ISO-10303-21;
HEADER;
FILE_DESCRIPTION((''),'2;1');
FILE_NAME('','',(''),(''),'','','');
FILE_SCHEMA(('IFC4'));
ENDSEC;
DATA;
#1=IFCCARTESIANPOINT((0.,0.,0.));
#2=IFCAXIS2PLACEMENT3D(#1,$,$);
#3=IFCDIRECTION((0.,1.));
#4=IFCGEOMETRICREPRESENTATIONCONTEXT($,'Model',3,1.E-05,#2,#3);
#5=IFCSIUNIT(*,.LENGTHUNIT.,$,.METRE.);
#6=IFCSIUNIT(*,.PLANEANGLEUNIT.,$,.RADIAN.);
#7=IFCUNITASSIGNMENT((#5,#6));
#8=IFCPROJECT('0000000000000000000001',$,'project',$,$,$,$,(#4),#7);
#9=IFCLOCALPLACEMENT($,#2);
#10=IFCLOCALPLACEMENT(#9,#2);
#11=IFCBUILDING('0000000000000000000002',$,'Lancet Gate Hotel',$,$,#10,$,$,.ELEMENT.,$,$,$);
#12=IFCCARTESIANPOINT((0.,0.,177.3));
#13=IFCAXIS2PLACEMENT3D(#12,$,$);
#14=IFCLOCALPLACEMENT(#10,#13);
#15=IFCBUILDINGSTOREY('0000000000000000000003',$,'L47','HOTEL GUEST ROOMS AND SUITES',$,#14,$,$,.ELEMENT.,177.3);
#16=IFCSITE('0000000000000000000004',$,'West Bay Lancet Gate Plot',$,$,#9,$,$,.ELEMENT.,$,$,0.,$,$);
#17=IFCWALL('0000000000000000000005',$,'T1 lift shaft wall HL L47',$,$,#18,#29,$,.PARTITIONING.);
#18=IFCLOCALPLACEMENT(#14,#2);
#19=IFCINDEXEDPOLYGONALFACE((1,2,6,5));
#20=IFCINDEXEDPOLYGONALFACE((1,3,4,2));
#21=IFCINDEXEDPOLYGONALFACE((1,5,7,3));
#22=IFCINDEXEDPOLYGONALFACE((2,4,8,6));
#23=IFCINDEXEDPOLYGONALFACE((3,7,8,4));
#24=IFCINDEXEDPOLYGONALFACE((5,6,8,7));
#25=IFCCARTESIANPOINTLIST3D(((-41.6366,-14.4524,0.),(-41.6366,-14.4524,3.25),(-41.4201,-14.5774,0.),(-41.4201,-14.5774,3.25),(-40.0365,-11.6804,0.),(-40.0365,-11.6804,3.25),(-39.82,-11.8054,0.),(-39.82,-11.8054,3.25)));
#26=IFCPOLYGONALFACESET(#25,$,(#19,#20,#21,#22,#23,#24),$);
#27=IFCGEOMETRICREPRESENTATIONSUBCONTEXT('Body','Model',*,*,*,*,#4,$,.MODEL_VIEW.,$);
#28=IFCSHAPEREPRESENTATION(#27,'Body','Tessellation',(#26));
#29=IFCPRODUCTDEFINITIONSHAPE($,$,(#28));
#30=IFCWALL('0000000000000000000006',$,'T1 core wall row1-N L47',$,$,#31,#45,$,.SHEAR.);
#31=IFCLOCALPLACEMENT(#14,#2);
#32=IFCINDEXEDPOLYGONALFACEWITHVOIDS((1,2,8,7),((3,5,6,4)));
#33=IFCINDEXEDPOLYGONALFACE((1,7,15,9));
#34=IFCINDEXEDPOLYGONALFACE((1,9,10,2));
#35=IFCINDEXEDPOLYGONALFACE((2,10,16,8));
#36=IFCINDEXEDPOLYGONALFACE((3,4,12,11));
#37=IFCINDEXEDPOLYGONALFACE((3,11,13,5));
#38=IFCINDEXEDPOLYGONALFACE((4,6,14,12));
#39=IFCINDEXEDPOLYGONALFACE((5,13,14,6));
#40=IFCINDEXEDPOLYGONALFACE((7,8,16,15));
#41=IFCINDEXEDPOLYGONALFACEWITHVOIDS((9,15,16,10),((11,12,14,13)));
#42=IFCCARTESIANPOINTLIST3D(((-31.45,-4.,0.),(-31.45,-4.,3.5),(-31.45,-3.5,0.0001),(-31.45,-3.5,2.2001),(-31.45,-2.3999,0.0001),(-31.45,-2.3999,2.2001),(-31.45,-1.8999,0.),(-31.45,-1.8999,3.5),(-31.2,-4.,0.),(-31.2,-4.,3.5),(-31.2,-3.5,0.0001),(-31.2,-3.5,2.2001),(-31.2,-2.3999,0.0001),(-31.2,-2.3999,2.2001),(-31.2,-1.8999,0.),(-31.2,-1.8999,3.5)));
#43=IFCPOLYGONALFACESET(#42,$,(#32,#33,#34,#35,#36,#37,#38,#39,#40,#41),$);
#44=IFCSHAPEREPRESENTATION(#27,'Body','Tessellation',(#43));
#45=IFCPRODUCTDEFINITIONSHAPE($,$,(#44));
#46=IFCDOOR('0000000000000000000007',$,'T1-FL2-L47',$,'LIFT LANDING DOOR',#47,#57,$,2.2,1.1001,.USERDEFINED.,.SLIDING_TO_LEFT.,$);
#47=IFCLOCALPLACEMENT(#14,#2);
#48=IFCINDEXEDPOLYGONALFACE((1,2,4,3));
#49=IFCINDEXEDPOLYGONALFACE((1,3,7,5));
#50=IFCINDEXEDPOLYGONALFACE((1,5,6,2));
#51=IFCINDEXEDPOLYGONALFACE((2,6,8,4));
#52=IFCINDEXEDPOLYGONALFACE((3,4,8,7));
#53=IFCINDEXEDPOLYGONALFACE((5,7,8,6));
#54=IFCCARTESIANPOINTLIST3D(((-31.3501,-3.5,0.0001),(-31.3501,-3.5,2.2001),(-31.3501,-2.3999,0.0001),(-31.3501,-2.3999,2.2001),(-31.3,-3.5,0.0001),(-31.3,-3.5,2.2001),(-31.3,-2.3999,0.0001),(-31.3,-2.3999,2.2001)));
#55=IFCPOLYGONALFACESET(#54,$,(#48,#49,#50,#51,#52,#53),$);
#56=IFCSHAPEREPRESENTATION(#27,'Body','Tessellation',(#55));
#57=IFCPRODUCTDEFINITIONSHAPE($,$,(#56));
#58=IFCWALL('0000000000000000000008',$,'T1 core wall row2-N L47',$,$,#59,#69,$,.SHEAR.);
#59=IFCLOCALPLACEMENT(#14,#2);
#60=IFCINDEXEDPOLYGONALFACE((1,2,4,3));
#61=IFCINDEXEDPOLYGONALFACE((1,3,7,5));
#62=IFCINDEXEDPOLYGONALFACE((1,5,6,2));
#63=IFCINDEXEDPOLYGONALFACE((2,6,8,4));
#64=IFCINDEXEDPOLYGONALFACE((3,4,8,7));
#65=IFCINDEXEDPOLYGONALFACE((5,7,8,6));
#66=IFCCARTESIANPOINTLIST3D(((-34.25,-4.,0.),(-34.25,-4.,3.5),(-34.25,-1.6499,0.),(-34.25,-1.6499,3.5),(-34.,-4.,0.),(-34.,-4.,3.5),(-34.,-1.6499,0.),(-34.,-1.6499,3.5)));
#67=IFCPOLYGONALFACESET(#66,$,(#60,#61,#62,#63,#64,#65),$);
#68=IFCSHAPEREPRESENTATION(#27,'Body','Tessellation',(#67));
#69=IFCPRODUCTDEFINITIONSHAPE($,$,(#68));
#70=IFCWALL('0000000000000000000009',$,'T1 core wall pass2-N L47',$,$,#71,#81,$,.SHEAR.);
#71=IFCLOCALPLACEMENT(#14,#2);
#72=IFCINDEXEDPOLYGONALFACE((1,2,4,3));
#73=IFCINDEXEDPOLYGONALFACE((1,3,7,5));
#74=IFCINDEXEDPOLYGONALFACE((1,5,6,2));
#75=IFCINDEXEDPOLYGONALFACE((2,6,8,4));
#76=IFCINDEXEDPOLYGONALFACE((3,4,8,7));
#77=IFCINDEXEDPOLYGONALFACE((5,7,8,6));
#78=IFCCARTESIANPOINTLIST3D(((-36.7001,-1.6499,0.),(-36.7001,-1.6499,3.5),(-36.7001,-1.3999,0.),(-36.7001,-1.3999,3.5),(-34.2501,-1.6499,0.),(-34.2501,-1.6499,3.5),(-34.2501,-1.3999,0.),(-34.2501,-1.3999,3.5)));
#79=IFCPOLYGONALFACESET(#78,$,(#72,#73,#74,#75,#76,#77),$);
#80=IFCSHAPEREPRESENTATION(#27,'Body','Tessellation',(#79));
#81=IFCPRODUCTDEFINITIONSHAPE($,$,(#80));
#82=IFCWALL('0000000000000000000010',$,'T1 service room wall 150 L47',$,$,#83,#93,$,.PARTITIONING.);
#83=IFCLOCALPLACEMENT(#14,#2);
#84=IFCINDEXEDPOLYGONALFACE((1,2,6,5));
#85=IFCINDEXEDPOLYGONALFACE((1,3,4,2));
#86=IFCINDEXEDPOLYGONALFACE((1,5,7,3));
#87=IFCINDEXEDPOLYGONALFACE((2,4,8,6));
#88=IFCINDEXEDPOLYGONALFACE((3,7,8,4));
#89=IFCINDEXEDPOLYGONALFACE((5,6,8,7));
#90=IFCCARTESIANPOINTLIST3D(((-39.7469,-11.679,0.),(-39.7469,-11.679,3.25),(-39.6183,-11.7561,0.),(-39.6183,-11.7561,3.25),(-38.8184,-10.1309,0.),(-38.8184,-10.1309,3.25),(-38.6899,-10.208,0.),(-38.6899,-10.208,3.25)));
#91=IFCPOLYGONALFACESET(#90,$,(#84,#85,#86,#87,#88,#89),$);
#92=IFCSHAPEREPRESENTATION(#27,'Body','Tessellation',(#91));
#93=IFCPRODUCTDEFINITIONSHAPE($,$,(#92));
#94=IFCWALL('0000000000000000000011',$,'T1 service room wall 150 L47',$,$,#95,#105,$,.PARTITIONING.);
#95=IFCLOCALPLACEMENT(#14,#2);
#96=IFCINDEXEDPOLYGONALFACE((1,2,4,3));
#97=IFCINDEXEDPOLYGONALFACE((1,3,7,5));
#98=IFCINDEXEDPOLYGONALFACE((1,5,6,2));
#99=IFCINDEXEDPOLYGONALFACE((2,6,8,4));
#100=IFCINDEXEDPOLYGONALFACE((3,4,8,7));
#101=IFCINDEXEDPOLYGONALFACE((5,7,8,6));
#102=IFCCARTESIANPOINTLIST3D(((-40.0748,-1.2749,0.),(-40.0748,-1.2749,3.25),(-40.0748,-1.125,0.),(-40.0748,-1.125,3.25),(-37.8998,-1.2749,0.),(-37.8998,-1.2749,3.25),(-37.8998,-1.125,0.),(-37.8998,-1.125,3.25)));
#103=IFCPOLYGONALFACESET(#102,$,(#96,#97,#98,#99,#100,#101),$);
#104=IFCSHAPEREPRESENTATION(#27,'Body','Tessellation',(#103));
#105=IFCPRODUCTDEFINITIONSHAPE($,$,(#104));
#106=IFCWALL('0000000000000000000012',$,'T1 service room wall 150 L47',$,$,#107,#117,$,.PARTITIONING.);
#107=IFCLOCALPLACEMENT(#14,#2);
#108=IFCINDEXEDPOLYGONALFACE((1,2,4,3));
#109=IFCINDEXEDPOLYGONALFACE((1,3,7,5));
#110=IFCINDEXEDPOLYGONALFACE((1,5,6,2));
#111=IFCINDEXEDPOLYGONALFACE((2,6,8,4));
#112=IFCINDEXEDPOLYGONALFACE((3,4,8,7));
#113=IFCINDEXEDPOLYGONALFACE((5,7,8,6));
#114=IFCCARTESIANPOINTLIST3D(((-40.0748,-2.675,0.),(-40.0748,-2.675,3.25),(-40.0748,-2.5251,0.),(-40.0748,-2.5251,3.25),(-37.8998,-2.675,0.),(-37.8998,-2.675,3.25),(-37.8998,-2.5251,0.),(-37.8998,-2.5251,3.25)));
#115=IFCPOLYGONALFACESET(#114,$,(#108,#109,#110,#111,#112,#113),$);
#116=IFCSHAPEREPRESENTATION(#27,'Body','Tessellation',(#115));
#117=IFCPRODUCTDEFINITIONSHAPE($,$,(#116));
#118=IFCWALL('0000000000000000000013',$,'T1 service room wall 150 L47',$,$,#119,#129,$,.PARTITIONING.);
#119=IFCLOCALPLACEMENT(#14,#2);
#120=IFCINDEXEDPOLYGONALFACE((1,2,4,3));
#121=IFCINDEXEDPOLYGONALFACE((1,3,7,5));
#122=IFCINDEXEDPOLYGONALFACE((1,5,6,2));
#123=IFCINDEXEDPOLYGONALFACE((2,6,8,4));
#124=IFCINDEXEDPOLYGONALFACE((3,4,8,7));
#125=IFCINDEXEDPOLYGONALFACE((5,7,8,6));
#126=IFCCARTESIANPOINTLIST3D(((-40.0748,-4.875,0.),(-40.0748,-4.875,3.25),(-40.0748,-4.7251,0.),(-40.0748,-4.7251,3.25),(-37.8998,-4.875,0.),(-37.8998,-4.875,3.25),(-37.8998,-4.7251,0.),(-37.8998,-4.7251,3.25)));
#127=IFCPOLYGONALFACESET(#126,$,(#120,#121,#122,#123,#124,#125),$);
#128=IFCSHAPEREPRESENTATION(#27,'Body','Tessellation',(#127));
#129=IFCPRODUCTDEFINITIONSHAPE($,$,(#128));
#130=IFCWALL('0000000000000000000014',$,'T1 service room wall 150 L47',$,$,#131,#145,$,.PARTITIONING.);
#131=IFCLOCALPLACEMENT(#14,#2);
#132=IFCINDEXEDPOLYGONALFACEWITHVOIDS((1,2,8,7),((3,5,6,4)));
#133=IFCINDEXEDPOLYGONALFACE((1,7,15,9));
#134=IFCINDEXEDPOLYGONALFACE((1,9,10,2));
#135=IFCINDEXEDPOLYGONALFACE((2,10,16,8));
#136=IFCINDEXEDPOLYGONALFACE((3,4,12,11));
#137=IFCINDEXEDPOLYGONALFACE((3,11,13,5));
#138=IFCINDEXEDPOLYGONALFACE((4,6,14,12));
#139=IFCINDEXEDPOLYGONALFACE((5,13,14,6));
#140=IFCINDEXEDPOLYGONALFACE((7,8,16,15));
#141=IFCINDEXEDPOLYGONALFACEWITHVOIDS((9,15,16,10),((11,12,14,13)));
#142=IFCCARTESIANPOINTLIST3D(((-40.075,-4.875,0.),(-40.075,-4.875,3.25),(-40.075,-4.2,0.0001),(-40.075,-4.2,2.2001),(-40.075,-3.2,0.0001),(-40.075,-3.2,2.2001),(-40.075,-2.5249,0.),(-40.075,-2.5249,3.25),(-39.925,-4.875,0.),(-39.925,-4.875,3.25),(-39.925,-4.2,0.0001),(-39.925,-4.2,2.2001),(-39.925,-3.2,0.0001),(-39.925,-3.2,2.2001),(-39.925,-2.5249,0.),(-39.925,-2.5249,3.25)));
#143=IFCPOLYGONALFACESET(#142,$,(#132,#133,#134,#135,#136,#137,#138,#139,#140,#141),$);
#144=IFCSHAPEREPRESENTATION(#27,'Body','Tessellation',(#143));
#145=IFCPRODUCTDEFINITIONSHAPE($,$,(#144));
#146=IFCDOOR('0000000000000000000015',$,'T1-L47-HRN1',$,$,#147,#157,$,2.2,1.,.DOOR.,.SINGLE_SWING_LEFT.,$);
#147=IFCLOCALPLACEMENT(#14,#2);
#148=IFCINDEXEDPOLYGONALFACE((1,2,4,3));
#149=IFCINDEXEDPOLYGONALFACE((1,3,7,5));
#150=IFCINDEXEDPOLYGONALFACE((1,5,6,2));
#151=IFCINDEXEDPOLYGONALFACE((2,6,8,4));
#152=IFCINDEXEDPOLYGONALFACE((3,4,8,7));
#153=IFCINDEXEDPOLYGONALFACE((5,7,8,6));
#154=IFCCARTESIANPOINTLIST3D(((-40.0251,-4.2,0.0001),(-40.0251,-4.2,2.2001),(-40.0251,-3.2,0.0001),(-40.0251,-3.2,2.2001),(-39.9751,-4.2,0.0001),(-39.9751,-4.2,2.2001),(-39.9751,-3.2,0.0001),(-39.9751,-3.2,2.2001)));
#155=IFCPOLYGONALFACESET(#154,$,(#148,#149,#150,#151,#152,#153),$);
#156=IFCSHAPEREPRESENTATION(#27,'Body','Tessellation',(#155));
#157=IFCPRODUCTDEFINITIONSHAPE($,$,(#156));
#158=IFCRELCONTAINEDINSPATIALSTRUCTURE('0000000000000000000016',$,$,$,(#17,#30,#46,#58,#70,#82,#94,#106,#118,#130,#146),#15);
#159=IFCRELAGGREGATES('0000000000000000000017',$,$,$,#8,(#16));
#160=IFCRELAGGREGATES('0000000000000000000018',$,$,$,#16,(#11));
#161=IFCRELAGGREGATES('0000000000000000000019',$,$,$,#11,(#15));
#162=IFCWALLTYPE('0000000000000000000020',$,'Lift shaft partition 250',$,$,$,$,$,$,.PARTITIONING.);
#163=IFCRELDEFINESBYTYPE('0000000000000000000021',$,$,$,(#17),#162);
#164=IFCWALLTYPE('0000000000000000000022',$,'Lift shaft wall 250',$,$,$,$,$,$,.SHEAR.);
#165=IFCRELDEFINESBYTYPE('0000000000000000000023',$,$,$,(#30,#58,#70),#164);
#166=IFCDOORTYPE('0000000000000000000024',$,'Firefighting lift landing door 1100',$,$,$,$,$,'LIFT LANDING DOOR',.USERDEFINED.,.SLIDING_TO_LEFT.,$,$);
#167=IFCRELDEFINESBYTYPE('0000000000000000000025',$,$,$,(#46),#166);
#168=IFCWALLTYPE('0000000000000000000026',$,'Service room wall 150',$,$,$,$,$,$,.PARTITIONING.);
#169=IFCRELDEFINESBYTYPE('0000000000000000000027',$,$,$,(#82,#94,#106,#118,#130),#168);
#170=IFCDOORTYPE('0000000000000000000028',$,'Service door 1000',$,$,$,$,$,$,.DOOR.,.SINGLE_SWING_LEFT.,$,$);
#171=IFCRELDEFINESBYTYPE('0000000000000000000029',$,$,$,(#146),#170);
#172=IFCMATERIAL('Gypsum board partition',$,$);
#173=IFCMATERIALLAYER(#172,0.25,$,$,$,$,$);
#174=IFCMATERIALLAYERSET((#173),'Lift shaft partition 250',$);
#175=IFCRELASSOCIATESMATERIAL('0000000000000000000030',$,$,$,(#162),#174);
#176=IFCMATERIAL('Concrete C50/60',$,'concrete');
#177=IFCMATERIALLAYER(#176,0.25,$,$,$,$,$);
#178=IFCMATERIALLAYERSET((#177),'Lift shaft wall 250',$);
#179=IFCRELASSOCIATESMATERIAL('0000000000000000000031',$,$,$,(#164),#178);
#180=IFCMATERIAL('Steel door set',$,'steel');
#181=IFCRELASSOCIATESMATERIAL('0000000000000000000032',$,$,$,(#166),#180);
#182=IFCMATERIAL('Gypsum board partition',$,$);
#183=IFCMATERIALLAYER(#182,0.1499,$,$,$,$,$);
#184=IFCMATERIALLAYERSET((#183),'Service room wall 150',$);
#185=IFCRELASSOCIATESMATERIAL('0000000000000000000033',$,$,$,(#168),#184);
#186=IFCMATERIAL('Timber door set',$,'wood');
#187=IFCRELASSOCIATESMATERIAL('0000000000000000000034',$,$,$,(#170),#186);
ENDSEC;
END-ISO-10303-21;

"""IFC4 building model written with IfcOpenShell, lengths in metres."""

from ifc_helpers import new_model, si_unit, direction, frame, frame_2d, origin, place, context, subcontext, project, spatial, rectangle, extrude, material, layer, layer_set, type_object, element, fill, save


model = new_model("IFC4")

# Units and contexts
model_context = context("Model", 3, precision=1e-05, world=origin(), true_north=direction((0.0, 1.0)))
body_context = subcontext(model_context, "Body", "Model", "MODEL_VIEW")
ifc_project = project(units=[si_unit("LENGTHUNIT", "METRE"), si_unit("PLANEANGLEUNIT", "RADIAN")], contexts=[model_context])

# Site, building, storey
site_placement = place(None, origin())
site = spatial("IfcSite", under=ifc_project, at=site_placement, Name="West Bay Lancet Gate Plot", CompositionType="ELEMENT", RefElevation=0.0)
building_placement = place(site_placement, origin())
building = spatial("IfcBuilding", under=site, at=building_placement, Name="Lancet Gate Hotel", CompositionType="ELEMENT")
storey_placement = place(building_placement, frame((0.0, 0.0, 177.3)))
storey = spatial("IfcBuildingStorey", under=building, at=storey_placement, Name="L47", Description="HOTEL GUEST ROOMS AND SUITES", CompositionType="ELEMENT", Elevation=177.3)

# Shared definitions
ifc_material_1 = material(Name="Gypsum board partition")
ifc_layer_1 = layer(ifc_material_1, 0.25)
ifc_layer_set_1 = layer_set([ifc_layer_1], Name="Lift shaft partition 250")
wall_type_1 = type_object("IfcWallType", Name="Lift shaft partition 250", PredefinedType="PARTITIONING", material=ifc_layer_set_1)

# Wall
wall_1_placement = place(storey_placement, frame((-39.9282, -11.7429, 0.0), z_axis=(0.0, 0.0, 1.0), x_axis=(-0.499929, -0.866066, 0.0)))
element("IfcWall", 1, at=wall_1_placement, inside=storey, type_object=wall_type_1, Name="T1 lift shaft wall HL L47", PredefinedType="PARTITIONING", context=body_context, shape_type="SweptSolid", body=[
    extrude(rectangle(XDim=3.2007, YDim=0.25, at=frame_2d((1.6003, 0.0))), origin(), (0.0, 0.0, 1.0), 3.25),
])

# Wall, opening, door
ifc_material_2 = material(Name="Concrete C50/60", Category="concrete")
ifc_layer_2 = layer(ifc_material_2, 0.25)
ifc_layer_set_2 = layer_set([ifc_layer_2], Name="Lift shaft wall 250")
wall_type_2 = type_object("IfcWallType", Name="Lift shaft wall 250", PredefinedType="SHEAR", material=ifc_layer_set_2)
wall_2_placement = place(storey_placement, frame((-31.325, -1.8999, 0.0), z_axis=(0.0, 0.0, 1.0), x_axis=(0.0, -1.0, 0.0)))
wall_2 = element("IfcWall", 2, at=wall_2_placement, inside=storey, type_object=wall_type_2, Name="T1 core wall row1-N L47", PredefinedType="SHEAR", context=body_context, shape_type="SweptSolid", body=[
    extrude(rectangle(XDim=2.1001, YDim=0.25, at=frame_2d((1.05, 0.0))), origin(), (0.0, 0.0, 1.0), 3.5),
])
opening_1_placement = place(wall_2_placement, frame((0.5, 0.0, 0.0)))
opening_1 = element("IfcOpeningElement", 3, at=opening_1_placement, cuts=wall_2, PredefinedType="OPENING", context=body_context, shape_type="SweptSolid", body=[
    extrude(rectangle(XDim=1.1001, YDim=2.2, at=frame_2d((0.55, 1.1001))), frame((0.0, 0.135, 0.0), z_axis=(0.0, -1.0, 0.0), x_axis=(1.0, 0.0, 0.0)), (0.0, 0.0, 1.0), 0.27),
])
ifc_material_3 = material(Name="Steel door set", Category="steel")
door_type_1 = type_object("IfcDoorType", Name="Firefighting lift landing door 1100", ElementType="LIFT LANDING DOOR", OperationType="SLIDING_TO_LEFT", PredefinedType="USERDEFINED", material=ifc_material_3)
door_1_placement = place(opening_1_placement, origin())
door_1 = element("IfcDoor", 4, at=door_1_placement, inside=storey, type_object=door_type_1, Name="T1-FL2-L47", ObjectType="LIFT LANDING DOOR", OperationType="SLIDING_TO_LEFT", OverallHeight=2.2, OverallWidth=1.1001, PredefinedType="USERDEFINED", context=body_context, shape_type="SweptSolid", body=[
    extrude(rectangle(XDim=1.1001, YDim=2.2, at=frame_2d((0.55, 1.1001))), frame((0.0, 0.0249, 0.0), z_axis=(0.0, -1.0, 0.0), x_axis=(1.0, 0.0, 0.0)), (0.0, 0.0, 1.0), 0.05),
])
fill(opening_1, door_1)

# Walls
wall_3_placement = place(storey_placement, frame((-34.125, -1.6499, 0.0), z_axis=(0.0, 0.0, 1.0), x_axis=(0.0, -1.0, 0.0)))
element("IfcWall", 5, at=wall_3_placement, inside=storey, type_object=wall_type_2, Name="T1 core wall row2-N L47", PredefinedType="SHEAR", context=body_context, shape_type="SweptSolid", body=[
    extrude(rectangle(XDim=2.3501, YDim=0.25, at=frame_2d((1.175, 0.0))), origin(), (0.0, 0.0, 1.0), 3.5),
])
wall_4_placement = place(storey_placement, frame((-34.25, -1.5249, 0.0), z_axis=(0.0, 0.0, 1.0), x_axis=(-1.0, 0.0, 0.0)))
element("IfcWall", 6, at=wall_4_placement, inside=storey, type_object=wall_type_2, Name="T1 core wall pass2-N L47", PredefinedType="SHEAR", context=body_context, shape_type="SweptSolid", body=[
    extrude(rectangle(XDim=2.45, YDim=0.25, at=frame_2d((1.2251, 0.0))), origin(), (0.0, 0.0, 1.0), 3.5),
])
ifc_material_4 = material(Name="Gypsum board partition")
ifc_layer_3 = layer(ifc_material_4, 0.1499)
ifc_layer_set_3 = layer_set([ifc_layer_3], Name="Service room wall 150")
wall_type_3 = type_object("IfcWallType", Name="Service room wall 150", PredefinedType="PARTITIONING", material=ifc_layer_set_3)
wall_5_placement = place(storey_placement, frame((-39.6826, -11.7175, 0.0), z_axis=(0.0, 0.0, 1.0), x_axis=(0.514337, 0.857588, 0.0)))
element("IfcWall", 7, at=wall_5_placement, inside=storey, type_object=wall_type_3, Name="T1 service room wall 150 L47", PredefinedType="PARTITIONING", context=body_context, shape_type="SweptSolid", body=[
    extrude(rectangle(XDim=1.8052, YDim=0.1499, at=frame_2d((0.9026, 0.0))), origin(), (0.0, 0.0, 1.0), 3.25),
])
for number, where, z_axis, x_axis, name in (
    (8, (-37.8999, -1.2, 0.0), (0.0, 0.0, 1.0), (-1.0, 0.0, 0.0), "T1 service room wall 150 L47"),
    (9, (-37.8999, -2.6001, 0.0), (0.0, 0.0, 1.0), (-1.0, 0.0, 0.0), "T1 service room wall 150 L47"),
    (10, (-37.8999, -4.8, 0.0), (0.0, 0.0, 1.0), (-1.0, 0.0, 0.0), "T1 service room wall 150 L47"),
):
    element("IfcWall", number, at=place(storey_placement, frame(where, z_axis=z_axis, x_axis=x_axis)), inside=storey, type_object=wall_type_3, Name=name, PredefinedType="PARTITIONING", context=body_context, shape_type="SweptSolid", body=[
        extrude(rectangle(XDim=2.175, YDim=0.1499, at=frame_2d((1.0874, 0.0))), origin(), (0.0, 0.0, 1.0), 3.25),
    ])

# Wall, opening, door
wall_6_placement = place(storey_placement, frame((-40.0, -2.5249, 0.0), z_axis=(0.0, 0.0, 1.0), x_axis=(0.0, -1.0, 0.0)))
wall_6 = element("IfcWall", 11, at=wall_6_placement, inside=storey, type_object=wall_type_3, Name="T1 service room wall 150 L47", PredefinedType="PARTITIONING", context=body_context, shape_type="SweptSolid", body=[
    extrude(rectangle(XDim=2.3501, YDim=0.1499, at=frame_2d((1.175, 0.0))), origin(), (0.0, 0.0, 1.0), 3.25),
])
opening_2_placement = place(wall_6_placement, frame((0.675, 0.0, 0.0)))
opening_2 = element("IfcOpeningElement", 12, at=opening_2_placement, cuts=wall_6, PredefinedType="OPENING", context=body_context, shape_type="SweptSolid", body=[
    extrude(rectangle(XDim=1.0, YDim=2.2, at=frame_2d((0.5, 1.1001))), frame((0.0, 0.085, 0.0), z_axis=(0.0, -1.0, 0.0), x_axis=(1.0, 0.0, 0.0)), (0.0, 0.0, 1.0), 0.1699),
])
ifc_material_5 = material(Name="Timber door set", Category="wood")
door_type_2 = type_object("IfcDoorType", Name="Service door 1000", OperationType="SINGLE_SWING_LEFT", PredefinedType="DOOR", material=ifc_material_5)
door_2_placement = place(opening_2_placement, origin())
door_2 = element("IfcDoor", 13, at=door_2_placement, inside=storey, type_object=door_type_2, Name="T1-L47-HRN1", OperationType="SINGLE_SWING_LEFT", OverallHeight=2.2, OverallWidth=1.0, PredefinedType="DOOR", context=body_context, shape_type="SweptSolid", body=[
    extrude(rectangle(XDim=1.0, YDim=2.2, at=frame_2d((0.5, 1.1001))), frame((0.0, 0.0249, 0.0), z_axis=(0.0, -1.0, 0.0), x_axis=(1.0, 0.0, 0.0)), (0.0, 0.0, 1.0), 0.05),
])
fill(opening_2, door_2)

save(model, "model.ifc")
